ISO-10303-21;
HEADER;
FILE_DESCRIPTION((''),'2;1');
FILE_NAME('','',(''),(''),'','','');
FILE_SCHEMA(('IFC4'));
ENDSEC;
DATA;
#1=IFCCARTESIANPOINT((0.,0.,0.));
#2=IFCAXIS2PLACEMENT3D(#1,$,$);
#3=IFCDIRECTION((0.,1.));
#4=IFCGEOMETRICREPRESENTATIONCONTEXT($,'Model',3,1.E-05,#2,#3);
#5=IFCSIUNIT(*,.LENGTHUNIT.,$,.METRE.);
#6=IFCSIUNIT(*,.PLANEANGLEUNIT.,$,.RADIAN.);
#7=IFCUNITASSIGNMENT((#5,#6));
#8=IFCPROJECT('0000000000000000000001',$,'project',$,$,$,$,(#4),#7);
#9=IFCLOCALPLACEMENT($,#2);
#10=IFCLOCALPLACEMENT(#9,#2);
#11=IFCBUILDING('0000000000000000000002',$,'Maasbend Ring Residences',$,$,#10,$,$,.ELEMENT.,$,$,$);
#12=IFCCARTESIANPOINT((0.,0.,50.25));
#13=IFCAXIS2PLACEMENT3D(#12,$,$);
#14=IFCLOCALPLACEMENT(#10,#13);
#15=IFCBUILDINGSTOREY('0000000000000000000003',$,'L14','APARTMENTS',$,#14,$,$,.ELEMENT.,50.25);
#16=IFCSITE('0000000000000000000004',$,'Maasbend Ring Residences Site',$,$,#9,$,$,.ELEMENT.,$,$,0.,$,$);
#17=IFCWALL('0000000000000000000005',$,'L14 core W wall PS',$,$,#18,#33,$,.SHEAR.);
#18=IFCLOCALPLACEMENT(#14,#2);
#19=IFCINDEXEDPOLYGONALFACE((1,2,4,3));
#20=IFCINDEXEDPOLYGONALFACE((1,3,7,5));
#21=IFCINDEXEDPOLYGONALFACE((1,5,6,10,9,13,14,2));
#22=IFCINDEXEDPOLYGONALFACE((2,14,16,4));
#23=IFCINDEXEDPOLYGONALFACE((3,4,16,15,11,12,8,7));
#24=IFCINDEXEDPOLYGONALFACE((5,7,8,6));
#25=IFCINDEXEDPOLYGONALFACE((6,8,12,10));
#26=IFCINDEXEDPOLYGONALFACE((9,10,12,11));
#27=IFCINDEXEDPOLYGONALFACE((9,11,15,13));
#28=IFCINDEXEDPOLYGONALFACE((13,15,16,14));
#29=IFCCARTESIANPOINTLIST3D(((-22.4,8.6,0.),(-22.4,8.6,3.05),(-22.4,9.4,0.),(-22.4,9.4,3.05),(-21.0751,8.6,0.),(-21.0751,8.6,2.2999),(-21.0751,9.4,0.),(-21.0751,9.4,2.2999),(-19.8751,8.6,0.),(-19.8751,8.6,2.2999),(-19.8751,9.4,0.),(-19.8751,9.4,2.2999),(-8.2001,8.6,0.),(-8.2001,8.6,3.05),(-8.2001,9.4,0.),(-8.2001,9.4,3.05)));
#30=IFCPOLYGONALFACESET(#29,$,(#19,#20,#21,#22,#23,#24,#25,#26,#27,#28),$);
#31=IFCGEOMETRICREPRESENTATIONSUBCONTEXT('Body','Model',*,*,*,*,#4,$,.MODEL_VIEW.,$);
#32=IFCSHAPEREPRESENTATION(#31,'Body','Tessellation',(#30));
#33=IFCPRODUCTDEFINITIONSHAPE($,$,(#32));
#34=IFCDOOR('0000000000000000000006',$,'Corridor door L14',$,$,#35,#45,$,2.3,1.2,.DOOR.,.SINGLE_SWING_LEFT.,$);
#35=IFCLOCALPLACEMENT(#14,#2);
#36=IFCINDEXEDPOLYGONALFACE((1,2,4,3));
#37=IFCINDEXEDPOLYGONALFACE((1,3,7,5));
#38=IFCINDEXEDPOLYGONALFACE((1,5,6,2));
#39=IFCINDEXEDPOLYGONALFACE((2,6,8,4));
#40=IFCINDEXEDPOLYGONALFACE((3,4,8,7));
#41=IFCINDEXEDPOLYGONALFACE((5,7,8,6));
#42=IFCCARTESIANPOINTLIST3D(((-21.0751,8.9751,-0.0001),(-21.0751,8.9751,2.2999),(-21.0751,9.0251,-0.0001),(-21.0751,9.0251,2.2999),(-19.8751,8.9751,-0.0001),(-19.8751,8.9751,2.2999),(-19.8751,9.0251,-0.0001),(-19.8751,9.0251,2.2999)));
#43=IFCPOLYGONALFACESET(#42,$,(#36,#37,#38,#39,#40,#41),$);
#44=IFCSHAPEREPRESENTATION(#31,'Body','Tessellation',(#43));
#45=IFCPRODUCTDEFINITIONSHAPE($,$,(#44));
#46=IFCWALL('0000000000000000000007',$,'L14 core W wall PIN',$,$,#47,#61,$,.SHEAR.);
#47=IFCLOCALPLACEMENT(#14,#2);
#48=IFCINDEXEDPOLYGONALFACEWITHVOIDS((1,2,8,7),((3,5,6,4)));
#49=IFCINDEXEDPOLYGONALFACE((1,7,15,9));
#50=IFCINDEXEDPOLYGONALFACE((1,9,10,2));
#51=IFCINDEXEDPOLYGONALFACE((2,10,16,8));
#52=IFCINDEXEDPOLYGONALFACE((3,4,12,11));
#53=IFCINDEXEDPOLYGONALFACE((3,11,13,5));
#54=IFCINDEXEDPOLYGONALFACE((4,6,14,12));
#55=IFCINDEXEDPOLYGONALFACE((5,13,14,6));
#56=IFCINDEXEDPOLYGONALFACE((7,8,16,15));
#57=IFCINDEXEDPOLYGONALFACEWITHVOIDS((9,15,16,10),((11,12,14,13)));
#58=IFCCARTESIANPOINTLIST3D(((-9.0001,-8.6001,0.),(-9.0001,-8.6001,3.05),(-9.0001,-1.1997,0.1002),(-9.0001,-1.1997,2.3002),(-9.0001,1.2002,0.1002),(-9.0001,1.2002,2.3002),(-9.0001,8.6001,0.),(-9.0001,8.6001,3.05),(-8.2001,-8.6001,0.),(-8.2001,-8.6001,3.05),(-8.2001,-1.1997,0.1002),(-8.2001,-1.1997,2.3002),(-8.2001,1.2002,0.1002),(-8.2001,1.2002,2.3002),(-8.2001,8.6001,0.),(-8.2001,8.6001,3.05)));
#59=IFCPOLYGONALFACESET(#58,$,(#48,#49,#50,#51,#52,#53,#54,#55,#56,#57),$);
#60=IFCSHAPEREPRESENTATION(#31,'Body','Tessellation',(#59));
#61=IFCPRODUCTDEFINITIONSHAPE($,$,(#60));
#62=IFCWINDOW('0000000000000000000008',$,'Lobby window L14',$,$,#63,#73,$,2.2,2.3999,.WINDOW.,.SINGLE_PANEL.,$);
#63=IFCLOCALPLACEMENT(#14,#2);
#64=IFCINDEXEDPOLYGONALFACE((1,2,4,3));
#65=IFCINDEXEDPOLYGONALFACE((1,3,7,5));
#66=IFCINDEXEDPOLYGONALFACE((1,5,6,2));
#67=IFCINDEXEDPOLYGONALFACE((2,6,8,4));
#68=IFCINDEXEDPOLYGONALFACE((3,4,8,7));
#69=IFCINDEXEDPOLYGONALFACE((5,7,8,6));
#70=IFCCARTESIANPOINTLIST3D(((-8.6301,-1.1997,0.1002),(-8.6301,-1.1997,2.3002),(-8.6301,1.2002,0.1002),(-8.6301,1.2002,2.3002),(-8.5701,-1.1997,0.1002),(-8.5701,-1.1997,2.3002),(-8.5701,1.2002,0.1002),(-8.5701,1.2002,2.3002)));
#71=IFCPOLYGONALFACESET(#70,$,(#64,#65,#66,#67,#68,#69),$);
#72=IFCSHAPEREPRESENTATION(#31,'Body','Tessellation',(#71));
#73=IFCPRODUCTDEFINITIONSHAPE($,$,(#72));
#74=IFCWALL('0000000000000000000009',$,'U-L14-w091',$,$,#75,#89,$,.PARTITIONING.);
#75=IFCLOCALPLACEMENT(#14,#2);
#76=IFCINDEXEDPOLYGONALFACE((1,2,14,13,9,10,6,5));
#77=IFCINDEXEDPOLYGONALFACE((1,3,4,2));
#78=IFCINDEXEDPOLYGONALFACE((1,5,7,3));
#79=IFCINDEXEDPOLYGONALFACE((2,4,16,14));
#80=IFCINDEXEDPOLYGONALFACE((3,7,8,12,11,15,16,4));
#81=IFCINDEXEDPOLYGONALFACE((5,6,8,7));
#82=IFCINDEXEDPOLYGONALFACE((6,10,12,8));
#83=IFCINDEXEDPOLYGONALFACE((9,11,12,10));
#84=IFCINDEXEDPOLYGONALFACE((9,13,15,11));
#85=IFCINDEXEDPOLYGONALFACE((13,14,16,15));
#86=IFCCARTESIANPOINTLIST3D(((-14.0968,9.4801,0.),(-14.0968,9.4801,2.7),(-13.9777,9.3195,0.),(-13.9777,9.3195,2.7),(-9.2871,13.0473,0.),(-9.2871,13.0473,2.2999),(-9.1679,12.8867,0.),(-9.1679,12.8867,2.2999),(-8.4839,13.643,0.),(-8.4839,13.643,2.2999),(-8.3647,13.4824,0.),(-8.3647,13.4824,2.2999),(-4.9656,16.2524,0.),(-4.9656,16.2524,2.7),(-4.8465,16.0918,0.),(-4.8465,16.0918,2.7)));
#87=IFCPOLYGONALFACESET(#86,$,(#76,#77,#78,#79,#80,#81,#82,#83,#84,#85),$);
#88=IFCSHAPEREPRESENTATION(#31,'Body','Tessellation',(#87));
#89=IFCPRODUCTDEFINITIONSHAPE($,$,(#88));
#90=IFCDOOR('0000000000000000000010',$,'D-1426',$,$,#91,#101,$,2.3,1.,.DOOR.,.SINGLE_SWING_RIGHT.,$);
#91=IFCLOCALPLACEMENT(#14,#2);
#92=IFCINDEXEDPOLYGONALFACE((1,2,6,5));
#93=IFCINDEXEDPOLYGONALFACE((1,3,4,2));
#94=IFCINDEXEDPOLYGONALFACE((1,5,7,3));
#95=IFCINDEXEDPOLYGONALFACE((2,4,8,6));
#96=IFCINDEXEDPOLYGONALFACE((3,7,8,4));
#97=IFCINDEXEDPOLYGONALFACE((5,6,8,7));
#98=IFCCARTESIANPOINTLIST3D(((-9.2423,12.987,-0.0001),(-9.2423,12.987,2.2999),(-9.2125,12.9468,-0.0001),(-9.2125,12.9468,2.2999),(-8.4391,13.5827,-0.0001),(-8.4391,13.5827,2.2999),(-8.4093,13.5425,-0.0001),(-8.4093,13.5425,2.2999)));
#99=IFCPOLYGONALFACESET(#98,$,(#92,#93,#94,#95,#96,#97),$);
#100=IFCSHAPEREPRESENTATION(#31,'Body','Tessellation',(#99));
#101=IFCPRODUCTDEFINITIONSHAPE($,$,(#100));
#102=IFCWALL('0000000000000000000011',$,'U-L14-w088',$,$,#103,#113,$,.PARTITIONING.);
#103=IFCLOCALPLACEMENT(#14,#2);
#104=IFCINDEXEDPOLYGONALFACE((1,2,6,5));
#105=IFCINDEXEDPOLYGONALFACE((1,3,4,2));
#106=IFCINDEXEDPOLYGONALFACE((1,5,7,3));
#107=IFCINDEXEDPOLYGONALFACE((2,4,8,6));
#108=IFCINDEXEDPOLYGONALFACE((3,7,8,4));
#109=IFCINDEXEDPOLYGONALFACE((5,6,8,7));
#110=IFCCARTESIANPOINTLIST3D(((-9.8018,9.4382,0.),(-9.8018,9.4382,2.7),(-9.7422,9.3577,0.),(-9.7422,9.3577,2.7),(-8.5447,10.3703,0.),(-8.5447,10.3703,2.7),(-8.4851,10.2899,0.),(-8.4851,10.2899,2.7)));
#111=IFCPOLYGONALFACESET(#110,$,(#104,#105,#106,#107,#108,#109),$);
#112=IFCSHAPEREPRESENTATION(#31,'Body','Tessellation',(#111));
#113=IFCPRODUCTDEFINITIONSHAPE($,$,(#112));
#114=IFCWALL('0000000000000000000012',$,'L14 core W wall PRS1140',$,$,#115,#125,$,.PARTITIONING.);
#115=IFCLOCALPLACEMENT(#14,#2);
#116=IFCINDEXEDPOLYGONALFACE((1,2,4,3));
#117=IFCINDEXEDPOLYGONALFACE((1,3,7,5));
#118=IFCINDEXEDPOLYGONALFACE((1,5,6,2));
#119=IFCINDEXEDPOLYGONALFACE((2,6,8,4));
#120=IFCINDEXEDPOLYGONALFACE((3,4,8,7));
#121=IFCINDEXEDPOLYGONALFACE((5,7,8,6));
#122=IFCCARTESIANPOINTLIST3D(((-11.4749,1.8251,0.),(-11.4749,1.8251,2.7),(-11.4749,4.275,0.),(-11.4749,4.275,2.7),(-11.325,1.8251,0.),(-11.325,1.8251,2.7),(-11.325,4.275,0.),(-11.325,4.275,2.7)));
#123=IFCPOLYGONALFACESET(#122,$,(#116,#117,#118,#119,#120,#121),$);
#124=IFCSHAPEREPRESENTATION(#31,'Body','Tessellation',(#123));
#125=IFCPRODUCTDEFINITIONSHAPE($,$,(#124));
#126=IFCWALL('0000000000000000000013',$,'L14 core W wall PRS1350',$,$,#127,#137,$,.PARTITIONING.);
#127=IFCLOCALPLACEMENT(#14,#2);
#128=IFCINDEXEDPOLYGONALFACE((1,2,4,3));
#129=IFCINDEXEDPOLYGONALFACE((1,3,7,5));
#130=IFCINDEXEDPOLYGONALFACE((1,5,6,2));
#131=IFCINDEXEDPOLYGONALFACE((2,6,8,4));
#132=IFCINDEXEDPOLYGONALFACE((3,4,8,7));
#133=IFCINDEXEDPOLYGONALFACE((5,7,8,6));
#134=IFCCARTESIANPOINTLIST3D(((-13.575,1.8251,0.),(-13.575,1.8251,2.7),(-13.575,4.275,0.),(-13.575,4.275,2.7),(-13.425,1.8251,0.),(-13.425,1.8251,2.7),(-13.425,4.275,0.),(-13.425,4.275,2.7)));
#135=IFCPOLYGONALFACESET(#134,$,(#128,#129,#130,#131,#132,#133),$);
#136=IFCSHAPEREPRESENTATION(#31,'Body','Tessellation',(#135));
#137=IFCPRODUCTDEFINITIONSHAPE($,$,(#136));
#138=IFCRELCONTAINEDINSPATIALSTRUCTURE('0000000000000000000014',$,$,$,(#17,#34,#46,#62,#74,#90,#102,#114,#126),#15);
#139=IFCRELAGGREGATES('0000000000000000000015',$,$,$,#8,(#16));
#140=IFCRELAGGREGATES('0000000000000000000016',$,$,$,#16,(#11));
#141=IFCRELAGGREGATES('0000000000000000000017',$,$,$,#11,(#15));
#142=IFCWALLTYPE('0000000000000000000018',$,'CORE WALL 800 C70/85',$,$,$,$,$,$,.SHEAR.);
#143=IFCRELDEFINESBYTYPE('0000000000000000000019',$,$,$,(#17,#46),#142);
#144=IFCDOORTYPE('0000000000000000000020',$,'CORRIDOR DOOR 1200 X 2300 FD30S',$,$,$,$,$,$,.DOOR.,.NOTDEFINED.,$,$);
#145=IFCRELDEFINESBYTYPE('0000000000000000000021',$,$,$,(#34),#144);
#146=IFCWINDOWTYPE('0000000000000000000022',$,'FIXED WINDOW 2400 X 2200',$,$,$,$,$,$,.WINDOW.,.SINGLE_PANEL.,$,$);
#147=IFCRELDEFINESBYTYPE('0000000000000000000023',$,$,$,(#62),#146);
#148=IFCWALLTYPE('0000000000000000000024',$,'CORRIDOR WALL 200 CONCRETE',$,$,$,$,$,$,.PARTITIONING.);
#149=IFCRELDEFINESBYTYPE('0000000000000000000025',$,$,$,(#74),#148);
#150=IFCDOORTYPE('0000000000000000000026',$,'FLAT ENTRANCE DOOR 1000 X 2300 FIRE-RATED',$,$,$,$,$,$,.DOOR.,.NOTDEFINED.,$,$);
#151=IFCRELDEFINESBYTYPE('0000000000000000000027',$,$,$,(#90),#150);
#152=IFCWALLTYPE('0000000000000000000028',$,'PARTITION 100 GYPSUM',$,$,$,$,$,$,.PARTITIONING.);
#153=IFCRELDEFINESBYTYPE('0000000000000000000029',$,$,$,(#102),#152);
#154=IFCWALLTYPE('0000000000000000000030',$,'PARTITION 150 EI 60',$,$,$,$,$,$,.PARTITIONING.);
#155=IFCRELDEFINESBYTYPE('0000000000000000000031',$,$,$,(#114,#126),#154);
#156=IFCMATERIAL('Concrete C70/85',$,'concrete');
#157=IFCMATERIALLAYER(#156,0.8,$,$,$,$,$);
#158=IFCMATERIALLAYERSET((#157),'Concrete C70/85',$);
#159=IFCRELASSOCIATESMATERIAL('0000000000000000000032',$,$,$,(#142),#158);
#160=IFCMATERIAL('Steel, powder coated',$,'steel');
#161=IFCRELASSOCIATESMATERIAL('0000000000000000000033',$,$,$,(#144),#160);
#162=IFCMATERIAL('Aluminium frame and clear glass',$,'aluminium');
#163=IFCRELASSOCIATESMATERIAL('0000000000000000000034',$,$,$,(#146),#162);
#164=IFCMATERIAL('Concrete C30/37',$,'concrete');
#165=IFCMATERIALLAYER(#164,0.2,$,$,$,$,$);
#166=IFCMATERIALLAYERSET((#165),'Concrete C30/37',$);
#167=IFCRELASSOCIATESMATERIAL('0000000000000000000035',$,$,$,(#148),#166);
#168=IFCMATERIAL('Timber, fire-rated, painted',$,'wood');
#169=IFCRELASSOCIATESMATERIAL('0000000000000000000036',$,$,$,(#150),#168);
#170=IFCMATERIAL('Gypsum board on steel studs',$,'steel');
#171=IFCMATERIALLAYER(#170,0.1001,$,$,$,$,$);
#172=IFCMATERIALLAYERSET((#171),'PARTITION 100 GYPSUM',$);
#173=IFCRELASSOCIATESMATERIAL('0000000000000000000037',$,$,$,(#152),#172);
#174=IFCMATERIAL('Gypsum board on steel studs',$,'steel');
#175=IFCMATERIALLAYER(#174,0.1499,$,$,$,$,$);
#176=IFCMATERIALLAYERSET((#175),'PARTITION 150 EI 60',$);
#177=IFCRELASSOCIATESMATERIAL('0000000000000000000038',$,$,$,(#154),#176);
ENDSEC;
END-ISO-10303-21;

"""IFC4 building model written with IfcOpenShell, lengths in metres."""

from ifc_helpers import new_model, si_unit, direction, frame, frame_2d, origin, place, context, subcontext, project, spatial, rectangle, extrude, material, layer, layer_set, type_object, element, fill, save


model = new_model("IFC4")

# Units and contexts
model_context = context("Model", 3, precision=1e-05, world=origin(), true_north=direction((0.0, 1.0)))
body_context = subcontext(model_context, "Body", "Model", "MODEL_VIEW")
ifc_project = project(units=[si_unit("LENGTHUNIT", "METRE"), si_unit("PLANEANGLEUNIT", "RADIAN")], contexts=[model_context])

# Site, building, storey
site_placement = place(None, origin())
site = spatial("IfcSite", under=ifc_project, at=site_placement, Name="Maasbend Ring Residences Site", CompositionType="ELEMENT", RefElevation=0.0)
building_placement = place(site_placement, origin())
building = spatial("IfcBuilding", under=site, at=building_placement, Name="Maasbend Ring Residences", CompositionType="ELEMENT")
storey_placement = place(building_placement, frame((0.0, 0.0, 50.25)))
storey = spatial("IfcBuildingStorey", under=building, at=storey_placement, Name="L14", Description="APARTMENTS", CompositionType="ELEMENT", Elevation=50.25)

# Wall, opening, door
ifc_material_1 = material(Name="Concrete C70/85", Category="concrete")
ifc_layer_1 = layer(ifc_material_1, 0.8)
ifc_layer_set_1 = layer_set([ifc_layer_1], Name="Concrete C70/85")
wall_type_1 = type_object("IfcWallType", Name="CORE WALL 800 C70/85", PredefinedType="SHEAR", material=ifc_layer_set_1)
wall_1_placement = place(storey_placement, frame((-8.2, 9.0, 0.0), z_axis=(0.0, 0.0, 1.0), x_axis=(-1.0, 0.0, 0.0)))
wall_1 = element("IfcWall", 1, at=wall_1_placement, inside=storey, type_object=wall_type_1, Name="L14 core W wall PS", PredefinedType="SHEAR", context=body_context, shape_type="SweptSolid", body=[
    extrude(rectangle(XDim=14.2, YDim=0.8, at=frame_2d((7.1001, 0.0))), origin(), (0.0, 0.0, 1.0), 3.05),
])
opening_1_placement = place(wall_1_placement, frame((11.675, 0.0, 0.0)))
opening_1 = element("IfcOpeningElement", 2, at=opening_1_placement, cuts=wall_1, PredefinedType="OPENING", context=body_context, shape_type="SweptSolid", body=[
    extrude(rectangle(XDim=1.2, YDim=2.3, at=frame_2d((0.6001, 1.1499))), frame((0.0, 0.4102, 0.0), z_axis=(0.0, -1.0, 0.0), x_axis=(1.0, 0.0, 0.0)), (0.0, 0.0, 1.0), 0.8201),
])
ifc_material_2 = material(Name="Steel, powder coated", Category="steel")
door_type_1 = type_object("IfcDoorType", Name="CORRIDOR DOOR 1200 X 2300 FD30S", OperationType="NOTDEFINED", PredefinedType="DOOR", material=ifc_material_2)
door_1_placement = place(opening_1_placement, origin())
door_1 = element("IfcDoor", 3, at=door_1_placement, inside=storey, type_object=door_type_1, Name="Corridor door L14", OperationType="SINGLE_SWING_LEFT", OverallHeight=2.3, OverallWidth=1.2, PredefinedType="DOOR", context=body_context, shape_type="SweptSolid", body=[
    extrude(rectangle(XDim=1.2, YDim=2.3, at=frame_2d((0.6001, 1.1499))), frame((0.0, 0.0249, 0.0), z_axis=(0.0, -1.0, 0.0), x_axis=(1.0, 0.0, 0.0)), (0.0, 0.0, 1.0), 0.05),
])
fill(opening_1, door_1)

# Wall, opening, window
wall_2_placement = place(storey_placement, frame((-8.6001, 8.6001, 0.0), z_axis=(0.0, 0.0, 1.0), x_axis=(0.0, -1.0, 0.0)))
wall_2 = element("IfcWall", 4, at=wall_2_placement, inside=storey, type_object=wall_type_1, Name="L14 core W wall PIN", PredefinedType="SHEAR", context=body_context, shape_type="SweptSolid", body=[
    extrude(rectangle(XDim=17.2002, YDim=0.8, at=frame_2d((8.6001, 0.0))), origin(), (0.0, 0.0, 1.0), 3.05),
])
opening_2_placement = place(wall_2_placement, frame((7.3999, 0.0, 0.1001)))
opening_2 = element("IfcOpeningElement", 5, at=opening_2_placement, cuts=wall_2, PredefinedType="OPENING", context=body_context, shape_type="SweptSolid", body=[
    extrude(rectangle(XDim=2.3999, YDim=2.2, at=frame_2d((1.2, 1.1001))), frame((0.0, 0.4102, 0.0), z_axis=(0.0, -1.0, 0.0), x_axis=(1.0, 0.0, 0.0)), (0.0, 0.0, 1.0), 0.8201),
])
ifc_material_3 = material(Name="Aluminium frame and clear glass", Category="aluminium")
window_type = type_object("IfcWindowType", Name="FIXED WINDOW 2400 X 2200", PartitioningType="SINGLE_PANEL", PredefinedType="WINDOW", material=ifc_material_3)
window_placement = place(opening_2_placement, origin())
window = element("IfcWindow", 6, at=window_placement, inside=storey, type_object=window_type, Name="Lobby window L14", OverallHeight=2.2, OverallWidth=2.3999, PartitioningType="SINGLE_PANEL", PredefinedType="WINDOW", context=body_context, shape_type="SweptSolid", body=[
    extrude(rectangle(XDim=2.3999, YDim=2.2, at=frame_2d((1.2, 1.1001))), frame((0.0, 0.03, 0.0), z_axis=(0.0, -1.0, 0.0), x_axis=(1.0, 0.0, 0.0)), (0.0, 0.0, 1.0), 0.0601),
])
fill(opening_2, window)

# Wall, opening, door
ifc_material_4 = material(Name="Concrete C30/37", Category="concrete")
ifc_layer_2 = layer(ifc_material_4, 0.2)
ifc_layer_set_2 = layer_set([ifc_layer_2], Name="Concrete C30/37")
wall_type_2 = type_object("IfcWallType", Name="CORRIDOR WALL 200 CONCRETE", PredefinedType="PARTITIONING", material=ifc_layer_set_2)
wall_3_placement = place(storey_placement, frame((-14.0371, 9.3999, 0.0), z_axis=(0.0, 0.0, 1.0), x_axis=(0.803202, 0.595707, 0.0)))
wall_3 = element("IfcWall", 7, at=wall_3_placement, inside=storey, type_object=wall_type_2, Name="U-L14-w091", PredefinedType="PARTITIONING", context=body_context, shape_type="SweptSolid", body=[
    extrude(rectangle(XDim=11.3684, YDim=0.2, at=frame_2d((5.6841, 0.0))), origin(), (0.0, 0.0, 1.0), 2.7),
])
opening_3_placement = place(wall_3_placement, frame((5.988, 0.0, 0.0)))
opening_3 = element("IfcOpeningElement", 8, at=opening_3_placement, cuts=wall_3, PredefinedType="OPENING", context=body_context, shape_type="SweptSolid", body=[
    extrude(rectangle(XDim=1.0, YDim=2.3, at=frame_2d((0.5, 1.1499))), frame((0.0, 0.1099, 0.0), z_axis=(0.0, -1.0, 0.0), x_axis=(1.0, 0.0, 0.0)), (0.0, 0.0, 1.0), 0.22),
])
ifc_material_5 = material(Name="Timber, fire-rated, painted", Category="wood")
door_type_2 = type_object("IfcDoorType", Name="FLAT ENTRANCE DOOR 1000 X 2300 FIRE-RATED", OperationType="NOTDEFINED", PredefinedType="DOOR", material=ifc_material_5)
door_2_placement = place(opening_3_placement, origin())
door_2 = element("IfcDoor", 9, at=door_2_placement, inside=storey, type_object=door_type_2, Name="D-1426", OperationType="SINGLE_SWING_RIGHT", OverallHeight=2.3, OverallWidth=1.0, PredefinedType="DOOR", context=body_context, shape_type="SweptSolid", body=[
    extrude(rectangle(XDim=1.0, YDim=2.3, at=frame_2d((0.5, 1.1499))), frame((0.0, 0.0249, 0.0), z_axis=(0.0, -1.0, 0.0), x_axis=(1.0, 0.0, 0.0)), (0.0, 0.0, 1.0), 0.05),
])
fill(opening_3, door_2)

# Walls
ifc_material_6 = material(Name="Gypsum board on steel studs", Category="steel")
ifc_layer_3 = layer(ifc_material_6, 0.1001)
ifc_layer_set_3 = layer_set([ifc_layer_3], Name="PARTITION 100 GYPSUM")
wall_type_3 = type_object("IfcWallType", Name="PARTITION 100 GYPSUM", PredefinedType="PARTITIONING", material=ifc_layer_set_3)
wall_4_placement = place(storey_placement, frame((-9.772, 9.3979, 0.0), z_axis=(0.0, 0.0, 1.0), x_axis=(0.803264, 0.595623, 0.0)))
element("IfcWall", 10, at=wall_4_placement, inside=storey, type_object=wall_type_3, Name="U-L14-w088", PredefinedType="PARTITIONING", context=body_context, shape_type="SweptSolid", body=[
    extrude(rectangle(XDim=1.5649, YDim=0.1001, at=frame_2d((0.7825, 0.0))), origin(), (0.0, 0.0, 1.0), 2.7),
])
ifc_material_7 = material(Name="Gypsum board on steel studs", Category="steel")
ifc_layer_4 = layer(ifc_material_7, 0.1499)
ifc_layer_set_4 = layer_set([ifc_layer_4], Name="PARTITION 150 EI 60")
wall_type_4 = type_object("IfcWallType", Name="PARTITION 150 EI 60", PredefinedType="PARTITIONING", material=ifc_layer_set_4)
for number, where, z_axis, x_axis, name in (
    (11, (-11.3999, 1.825, 0.0), (0.0, 0.0, 1.0), (0.0, 1.0, 0.0), "L14 core W wall PRS1140"),
    (12, (-13.5, 1.825, 0.0), (0.0, 0.0, 1.0), (0.0, 1.0, 0.0), "L14 core W wall PRS1350"),
):
    element("IfcWall", number, at=place(storey_placement, frame(where, z_axis=z_axis, x_axis=x_axis)), inside=storey, type_object=wall_type_4, Name=name, PredefinedType="PARTITIONING", context=body_context, shape_type="SweptSolid", body=[
        extrude(rectangle(XDim=2.45, YDim=0.1499, at=frame_2d((1.2251, 0.0))), origin(), (0.0, 0.0, 1.0), 2.7),
    ])

save(model, "model.ifc")
